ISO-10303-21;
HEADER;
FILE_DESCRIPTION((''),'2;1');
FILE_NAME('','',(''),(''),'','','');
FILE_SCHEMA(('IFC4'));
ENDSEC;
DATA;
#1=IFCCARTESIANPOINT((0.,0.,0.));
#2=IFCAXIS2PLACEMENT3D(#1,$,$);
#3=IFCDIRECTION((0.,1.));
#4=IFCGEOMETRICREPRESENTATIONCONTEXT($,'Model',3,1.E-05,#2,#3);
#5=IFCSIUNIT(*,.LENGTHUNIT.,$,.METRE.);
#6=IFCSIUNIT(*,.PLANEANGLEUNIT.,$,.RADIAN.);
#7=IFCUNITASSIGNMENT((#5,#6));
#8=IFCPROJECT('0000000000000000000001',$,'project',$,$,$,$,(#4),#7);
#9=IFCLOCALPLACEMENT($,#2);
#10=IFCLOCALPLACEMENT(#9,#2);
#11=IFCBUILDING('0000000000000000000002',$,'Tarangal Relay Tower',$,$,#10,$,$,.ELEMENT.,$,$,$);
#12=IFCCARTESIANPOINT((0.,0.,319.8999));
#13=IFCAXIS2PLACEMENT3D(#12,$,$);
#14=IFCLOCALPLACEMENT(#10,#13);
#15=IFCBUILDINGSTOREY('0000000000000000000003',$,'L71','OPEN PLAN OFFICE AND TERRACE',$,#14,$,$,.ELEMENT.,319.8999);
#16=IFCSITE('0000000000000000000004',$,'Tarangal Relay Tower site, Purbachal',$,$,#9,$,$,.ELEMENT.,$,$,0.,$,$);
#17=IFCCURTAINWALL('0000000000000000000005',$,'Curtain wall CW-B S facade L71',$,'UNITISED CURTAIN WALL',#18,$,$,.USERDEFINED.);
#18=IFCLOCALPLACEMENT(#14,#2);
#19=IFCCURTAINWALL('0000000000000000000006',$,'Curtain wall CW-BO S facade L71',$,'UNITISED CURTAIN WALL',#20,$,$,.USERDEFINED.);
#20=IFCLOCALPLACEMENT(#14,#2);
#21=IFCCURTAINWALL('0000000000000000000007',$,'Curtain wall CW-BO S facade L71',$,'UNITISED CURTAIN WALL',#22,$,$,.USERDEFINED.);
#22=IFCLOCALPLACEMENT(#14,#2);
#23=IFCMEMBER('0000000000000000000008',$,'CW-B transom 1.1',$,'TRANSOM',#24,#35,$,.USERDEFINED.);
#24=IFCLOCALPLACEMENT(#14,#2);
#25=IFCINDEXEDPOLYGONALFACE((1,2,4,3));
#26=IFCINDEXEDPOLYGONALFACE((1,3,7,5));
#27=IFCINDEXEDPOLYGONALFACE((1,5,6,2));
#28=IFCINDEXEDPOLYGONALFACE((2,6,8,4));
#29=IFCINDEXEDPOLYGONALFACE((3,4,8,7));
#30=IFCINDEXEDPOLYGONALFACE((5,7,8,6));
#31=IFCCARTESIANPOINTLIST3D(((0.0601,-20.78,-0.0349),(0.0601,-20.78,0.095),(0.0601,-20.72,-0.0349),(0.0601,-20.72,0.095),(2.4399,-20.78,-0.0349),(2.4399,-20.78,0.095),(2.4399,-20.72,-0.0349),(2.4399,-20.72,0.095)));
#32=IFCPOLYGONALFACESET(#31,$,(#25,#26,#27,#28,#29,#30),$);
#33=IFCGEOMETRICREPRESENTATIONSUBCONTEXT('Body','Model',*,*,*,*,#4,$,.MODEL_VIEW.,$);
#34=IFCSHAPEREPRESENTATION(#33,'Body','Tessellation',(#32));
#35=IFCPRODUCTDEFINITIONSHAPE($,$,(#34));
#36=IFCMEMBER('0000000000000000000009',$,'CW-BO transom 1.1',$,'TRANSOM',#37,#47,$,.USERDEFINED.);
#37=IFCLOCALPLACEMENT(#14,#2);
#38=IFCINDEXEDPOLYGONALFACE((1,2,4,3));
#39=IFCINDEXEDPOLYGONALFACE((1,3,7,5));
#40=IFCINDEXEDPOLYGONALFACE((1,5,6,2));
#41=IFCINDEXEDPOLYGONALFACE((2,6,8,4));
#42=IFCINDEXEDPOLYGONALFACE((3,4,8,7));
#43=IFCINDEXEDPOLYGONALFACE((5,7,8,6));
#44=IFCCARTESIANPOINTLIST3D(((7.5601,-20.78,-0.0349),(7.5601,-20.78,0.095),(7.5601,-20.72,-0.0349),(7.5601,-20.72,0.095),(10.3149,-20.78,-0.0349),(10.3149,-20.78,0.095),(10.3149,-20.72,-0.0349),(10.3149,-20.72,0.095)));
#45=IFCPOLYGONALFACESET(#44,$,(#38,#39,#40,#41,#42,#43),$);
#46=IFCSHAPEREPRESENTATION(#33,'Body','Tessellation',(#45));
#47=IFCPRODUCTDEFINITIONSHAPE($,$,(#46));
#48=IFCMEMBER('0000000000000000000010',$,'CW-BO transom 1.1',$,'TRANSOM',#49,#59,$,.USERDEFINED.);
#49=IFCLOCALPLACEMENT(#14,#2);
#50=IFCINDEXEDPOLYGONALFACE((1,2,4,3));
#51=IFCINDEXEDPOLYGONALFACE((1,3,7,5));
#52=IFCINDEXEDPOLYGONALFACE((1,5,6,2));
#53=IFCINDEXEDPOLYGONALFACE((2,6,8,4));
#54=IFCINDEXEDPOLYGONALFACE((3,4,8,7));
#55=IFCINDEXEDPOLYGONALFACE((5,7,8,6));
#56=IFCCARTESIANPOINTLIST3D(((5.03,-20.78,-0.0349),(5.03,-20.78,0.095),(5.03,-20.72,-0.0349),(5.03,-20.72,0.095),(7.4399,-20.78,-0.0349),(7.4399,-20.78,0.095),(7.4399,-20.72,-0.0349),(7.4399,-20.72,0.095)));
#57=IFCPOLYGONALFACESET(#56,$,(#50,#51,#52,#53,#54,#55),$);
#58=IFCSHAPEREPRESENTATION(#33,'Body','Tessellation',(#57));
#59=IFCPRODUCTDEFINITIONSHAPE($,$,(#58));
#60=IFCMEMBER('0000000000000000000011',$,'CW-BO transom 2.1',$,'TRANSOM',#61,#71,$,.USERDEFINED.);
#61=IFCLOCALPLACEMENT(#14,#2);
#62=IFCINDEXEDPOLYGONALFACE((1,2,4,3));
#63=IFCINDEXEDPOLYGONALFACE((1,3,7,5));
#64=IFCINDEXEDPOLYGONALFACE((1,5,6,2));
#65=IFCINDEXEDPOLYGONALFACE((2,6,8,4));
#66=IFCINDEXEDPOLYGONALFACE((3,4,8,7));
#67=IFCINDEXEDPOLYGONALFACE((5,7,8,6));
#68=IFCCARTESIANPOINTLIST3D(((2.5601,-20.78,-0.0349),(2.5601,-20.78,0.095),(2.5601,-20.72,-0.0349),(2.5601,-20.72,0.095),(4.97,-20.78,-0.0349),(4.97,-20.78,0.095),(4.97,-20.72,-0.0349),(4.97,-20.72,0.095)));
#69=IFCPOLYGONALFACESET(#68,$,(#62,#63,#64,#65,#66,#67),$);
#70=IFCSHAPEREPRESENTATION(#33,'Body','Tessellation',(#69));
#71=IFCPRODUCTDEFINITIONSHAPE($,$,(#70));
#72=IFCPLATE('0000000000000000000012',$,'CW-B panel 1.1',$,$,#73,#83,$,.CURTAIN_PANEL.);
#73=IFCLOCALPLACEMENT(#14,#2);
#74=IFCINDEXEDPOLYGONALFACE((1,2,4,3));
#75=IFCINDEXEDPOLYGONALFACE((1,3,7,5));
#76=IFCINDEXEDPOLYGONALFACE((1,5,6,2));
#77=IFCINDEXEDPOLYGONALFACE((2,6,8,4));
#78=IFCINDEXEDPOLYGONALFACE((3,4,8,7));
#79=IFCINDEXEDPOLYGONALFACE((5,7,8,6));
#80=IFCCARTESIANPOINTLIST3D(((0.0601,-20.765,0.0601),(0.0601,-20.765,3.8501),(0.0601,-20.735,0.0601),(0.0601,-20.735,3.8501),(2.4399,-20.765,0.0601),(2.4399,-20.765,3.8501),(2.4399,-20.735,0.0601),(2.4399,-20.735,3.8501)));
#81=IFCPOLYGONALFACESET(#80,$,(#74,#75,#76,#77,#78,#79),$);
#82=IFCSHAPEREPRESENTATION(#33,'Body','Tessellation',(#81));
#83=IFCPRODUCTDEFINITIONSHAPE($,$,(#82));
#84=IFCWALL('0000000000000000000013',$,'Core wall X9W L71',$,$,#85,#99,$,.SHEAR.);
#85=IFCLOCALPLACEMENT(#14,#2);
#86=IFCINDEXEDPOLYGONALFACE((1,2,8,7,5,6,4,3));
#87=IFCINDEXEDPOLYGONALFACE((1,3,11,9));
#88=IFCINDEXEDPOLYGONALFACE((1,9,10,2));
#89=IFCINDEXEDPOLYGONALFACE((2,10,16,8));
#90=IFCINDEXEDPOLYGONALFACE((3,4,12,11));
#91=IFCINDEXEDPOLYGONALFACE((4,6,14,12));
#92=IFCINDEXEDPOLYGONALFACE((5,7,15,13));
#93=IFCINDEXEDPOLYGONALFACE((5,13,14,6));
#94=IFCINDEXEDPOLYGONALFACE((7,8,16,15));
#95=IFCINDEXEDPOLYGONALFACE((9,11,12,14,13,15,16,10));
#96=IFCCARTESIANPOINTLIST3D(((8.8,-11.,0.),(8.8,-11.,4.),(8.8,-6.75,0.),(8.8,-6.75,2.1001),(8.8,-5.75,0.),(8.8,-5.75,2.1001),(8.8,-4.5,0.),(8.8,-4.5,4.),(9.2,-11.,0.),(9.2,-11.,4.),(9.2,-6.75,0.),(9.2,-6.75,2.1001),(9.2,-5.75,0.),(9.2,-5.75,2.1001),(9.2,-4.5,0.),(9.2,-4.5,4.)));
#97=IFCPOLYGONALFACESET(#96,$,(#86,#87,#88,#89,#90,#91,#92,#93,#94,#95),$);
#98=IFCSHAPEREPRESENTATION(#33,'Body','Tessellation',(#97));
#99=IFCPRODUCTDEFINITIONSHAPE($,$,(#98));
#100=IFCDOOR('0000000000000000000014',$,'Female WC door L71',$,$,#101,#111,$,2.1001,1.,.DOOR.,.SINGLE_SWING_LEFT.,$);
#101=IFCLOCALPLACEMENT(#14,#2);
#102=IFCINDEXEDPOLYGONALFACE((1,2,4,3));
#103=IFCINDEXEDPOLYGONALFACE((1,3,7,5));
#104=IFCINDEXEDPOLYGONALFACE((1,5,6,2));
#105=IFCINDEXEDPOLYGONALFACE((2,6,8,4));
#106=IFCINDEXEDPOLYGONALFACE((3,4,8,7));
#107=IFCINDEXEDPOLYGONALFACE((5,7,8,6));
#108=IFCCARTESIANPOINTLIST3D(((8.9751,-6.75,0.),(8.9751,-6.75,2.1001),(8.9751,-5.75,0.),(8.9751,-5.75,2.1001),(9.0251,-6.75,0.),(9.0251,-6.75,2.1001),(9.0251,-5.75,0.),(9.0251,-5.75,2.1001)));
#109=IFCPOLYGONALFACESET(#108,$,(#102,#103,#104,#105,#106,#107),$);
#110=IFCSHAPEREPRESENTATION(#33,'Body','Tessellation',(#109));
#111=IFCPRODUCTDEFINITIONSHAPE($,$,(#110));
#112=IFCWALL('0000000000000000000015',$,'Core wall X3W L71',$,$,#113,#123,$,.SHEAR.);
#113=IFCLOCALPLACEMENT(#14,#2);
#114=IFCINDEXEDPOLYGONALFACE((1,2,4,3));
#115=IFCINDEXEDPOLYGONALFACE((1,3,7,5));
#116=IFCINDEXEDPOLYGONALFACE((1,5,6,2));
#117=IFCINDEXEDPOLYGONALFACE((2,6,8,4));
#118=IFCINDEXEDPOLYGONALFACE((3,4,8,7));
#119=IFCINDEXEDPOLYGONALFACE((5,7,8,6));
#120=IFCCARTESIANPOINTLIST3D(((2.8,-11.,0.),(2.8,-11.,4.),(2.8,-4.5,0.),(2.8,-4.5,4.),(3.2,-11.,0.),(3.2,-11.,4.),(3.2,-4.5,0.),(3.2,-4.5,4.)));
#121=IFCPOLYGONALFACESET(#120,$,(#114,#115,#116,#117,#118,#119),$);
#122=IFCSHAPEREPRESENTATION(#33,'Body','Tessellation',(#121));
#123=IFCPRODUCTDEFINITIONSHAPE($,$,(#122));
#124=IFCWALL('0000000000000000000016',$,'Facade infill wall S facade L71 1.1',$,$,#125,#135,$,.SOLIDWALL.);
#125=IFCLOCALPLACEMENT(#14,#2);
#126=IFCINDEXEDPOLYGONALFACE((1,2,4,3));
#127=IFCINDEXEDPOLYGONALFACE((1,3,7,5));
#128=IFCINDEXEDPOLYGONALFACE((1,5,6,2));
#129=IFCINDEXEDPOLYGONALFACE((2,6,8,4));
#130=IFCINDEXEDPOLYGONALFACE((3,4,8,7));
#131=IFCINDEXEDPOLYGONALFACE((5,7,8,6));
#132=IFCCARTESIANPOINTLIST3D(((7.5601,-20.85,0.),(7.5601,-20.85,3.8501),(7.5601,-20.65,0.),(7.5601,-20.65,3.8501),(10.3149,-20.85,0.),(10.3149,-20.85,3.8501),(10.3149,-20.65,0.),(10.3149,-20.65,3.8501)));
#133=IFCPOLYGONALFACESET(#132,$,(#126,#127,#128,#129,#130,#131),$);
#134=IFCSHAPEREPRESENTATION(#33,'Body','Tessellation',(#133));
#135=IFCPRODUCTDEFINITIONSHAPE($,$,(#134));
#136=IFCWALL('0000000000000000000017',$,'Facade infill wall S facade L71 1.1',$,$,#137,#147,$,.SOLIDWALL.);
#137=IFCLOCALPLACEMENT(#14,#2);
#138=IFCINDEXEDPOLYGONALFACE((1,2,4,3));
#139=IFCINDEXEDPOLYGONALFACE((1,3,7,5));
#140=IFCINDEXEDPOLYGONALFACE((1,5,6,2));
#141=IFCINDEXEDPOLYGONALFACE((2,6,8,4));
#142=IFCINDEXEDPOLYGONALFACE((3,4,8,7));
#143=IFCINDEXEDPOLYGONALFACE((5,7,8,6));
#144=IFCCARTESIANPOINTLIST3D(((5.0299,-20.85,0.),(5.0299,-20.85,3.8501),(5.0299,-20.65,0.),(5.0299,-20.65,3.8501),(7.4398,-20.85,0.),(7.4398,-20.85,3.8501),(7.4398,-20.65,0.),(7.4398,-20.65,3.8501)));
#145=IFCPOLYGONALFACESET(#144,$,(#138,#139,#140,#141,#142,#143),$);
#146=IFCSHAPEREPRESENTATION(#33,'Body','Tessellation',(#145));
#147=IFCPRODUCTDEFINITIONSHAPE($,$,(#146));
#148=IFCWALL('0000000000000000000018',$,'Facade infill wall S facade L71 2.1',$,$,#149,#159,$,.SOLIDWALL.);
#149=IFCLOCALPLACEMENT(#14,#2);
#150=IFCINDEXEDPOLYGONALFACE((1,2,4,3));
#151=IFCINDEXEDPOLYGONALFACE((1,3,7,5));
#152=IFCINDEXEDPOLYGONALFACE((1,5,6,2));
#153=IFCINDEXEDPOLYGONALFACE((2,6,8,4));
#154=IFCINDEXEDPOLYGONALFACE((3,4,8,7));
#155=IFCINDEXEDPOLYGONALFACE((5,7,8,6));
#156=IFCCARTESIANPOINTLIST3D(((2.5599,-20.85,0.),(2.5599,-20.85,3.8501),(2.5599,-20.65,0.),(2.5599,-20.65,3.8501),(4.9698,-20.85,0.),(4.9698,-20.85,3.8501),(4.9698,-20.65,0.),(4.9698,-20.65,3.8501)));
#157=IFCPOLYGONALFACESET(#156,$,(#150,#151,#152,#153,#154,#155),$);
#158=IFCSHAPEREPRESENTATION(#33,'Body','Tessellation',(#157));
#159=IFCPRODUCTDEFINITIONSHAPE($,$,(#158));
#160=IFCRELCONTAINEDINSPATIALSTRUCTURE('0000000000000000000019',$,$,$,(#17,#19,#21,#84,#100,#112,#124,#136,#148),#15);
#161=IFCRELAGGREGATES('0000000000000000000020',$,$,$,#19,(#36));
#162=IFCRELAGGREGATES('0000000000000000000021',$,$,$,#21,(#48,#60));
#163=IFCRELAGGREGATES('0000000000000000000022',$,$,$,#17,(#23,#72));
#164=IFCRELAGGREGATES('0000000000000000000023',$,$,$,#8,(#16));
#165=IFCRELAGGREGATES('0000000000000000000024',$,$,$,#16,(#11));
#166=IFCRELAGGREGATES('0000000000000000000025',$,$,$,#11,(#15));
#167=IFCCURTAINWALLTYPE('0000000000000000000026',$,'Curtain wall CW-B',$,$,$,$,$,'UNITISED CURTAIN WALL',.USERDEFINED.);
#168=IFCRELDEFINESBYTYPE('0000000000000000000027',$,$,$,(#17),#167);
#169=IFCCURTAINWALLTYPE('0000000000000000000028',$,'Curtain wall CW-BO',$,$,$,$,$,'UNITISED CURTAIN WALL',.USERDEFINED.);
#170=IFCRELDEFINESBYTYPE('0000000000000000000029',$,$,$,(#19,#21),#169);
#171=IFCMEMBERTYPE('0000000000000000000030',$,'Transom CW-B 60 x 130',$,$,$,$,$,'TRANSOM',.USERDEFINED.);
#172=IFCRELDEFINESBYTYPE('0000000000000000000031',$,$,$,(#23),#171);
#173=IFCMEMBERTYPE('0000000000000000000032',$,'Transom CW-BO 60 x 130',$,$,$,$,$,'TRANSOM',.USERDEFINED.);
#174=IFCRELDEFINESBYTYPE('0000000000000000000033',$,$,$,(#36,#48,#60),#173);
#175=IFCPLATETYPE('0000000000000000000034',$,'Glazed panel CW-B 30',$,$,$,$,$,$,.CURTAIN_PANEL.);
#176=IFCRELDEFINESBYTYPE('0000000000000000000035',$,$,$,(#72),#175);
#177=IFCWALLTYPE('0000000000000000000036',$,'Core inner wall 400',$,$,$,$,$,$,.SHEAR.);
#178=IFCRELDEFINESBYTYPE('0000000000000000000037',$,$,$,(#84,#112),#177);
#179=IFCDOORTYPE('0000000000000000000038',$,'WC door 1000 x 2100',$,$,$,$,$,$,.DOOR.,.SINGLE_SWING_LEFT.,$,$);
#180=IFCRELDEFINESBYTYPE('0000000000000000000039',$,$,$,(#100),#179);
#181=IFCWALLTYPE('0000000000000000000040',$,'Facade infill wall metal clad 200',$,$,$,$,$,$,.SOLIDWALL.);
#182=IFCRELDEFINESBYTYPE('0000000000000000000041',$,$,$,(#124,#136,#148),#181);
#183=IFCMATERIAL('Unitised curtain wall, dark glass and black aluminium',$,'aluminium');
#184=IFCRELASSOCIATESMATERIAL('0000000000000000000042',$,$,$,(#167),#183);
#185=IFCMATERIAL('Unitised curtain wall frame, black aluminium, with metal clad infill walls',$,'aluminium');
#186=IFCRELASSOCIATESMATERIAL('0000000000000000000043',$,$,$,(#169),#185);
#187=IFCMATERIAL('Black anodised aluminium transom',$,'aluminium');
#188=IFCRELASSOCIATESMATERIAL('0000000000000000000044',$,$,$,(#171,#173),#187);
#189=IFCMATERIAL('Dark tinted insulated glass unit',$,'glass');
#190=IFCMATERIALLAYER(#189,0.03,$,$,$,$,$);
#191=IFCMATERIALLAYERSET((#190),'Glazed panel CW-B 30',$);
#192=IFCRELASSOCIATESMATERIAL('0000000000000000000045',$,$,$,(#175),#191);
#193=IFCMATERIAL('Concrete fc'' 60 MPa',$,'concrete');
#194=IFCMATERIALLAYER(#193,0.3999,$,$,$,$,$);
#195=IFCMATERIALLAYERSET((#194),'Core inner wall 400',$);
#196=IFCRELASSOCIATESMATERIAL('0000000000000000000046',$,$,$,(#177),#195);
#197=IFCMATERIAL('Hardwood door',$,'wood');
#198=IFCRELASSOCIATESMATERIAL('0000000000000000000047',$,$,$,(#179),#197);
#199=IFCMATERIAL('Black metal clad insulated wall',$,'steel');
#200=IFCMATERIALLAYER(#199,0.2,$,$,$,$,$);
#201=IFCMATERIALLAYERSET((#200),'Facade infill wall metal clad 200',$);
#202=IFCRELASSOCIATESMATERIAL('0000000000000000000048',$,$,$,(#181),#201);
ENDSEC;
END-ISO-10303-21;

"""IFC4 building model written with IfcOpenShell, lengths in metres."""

from ifc_helpers import new_model, si_unit, direction, frame, frame_2d, origin, origin_2d, place, context, subcontext, project, spatial, rectangle, extrude, material, layer, layer_set, material_profile, profile_set, type_object, element, fill, aggregate, save


model = new_model("IFC4")

# Units and contexts
model_context = context("Model", 3, precision=1e-05, world=origin(), true_north=direction((0.0, 1.0)))
body_context = subcontext(model_context, "Body", "Model", "MODEL_VIEW")
ifc_project = project(units=[si_unit("LENGTHUNIT", "METRE"), si_unit("PLANEANGLEUNIT", "RADIAN")], contexts=[model_context])

# Site, building, storey
site_placement = place(None, origin())
site = spatial("IfcSite", under=ifc_project, at=site_placement, Name="Tarangal Relay Tower site, Purbachal", CompositionType="ELEMENT", RefElevation=0.0)
building_placement = place(site_placement, origin())
building = spatial("IfcBuilding", under=site, at=building_placement, Name="Tarangal Relay Tower", CompositionType="ELEMENT")
storey_placement = place(building_placement, frame((0.0, 0.0, 319.8999)))
storey = spatial("IfcBuildingStorey", under=building, at=storey_placement, Name="L71", Description="OPEN PLAN OFFICE AND TERRACE", CompositionType="ELEMENT", Elevation=319.8999)

# Curtain walls
ifc_material_1 = material(Name="Unitised curtain wall, dark glass and black aluminium", Category="aluminium")
curtain_wall_type_1 = type_object("IfcCurtainWallType", Name="Curtain wall CW-B", ElementType="UNITISED CURTAIN WALL", PredefinedType="USERDEFINED", material=ifc_material_1)
curtain_wall_1_placement = place(storey_placement, origin())
curtain_wall_1 = element("IfcCurtainWall", 1, at=curtain_wall_1_placement, inside=storey, type_object=curtain_wall_type_1, Name="Curtain wall CW-B S facade L71", ObjectType="UNITISED CURTAIN WALL", PredefinedType="USERDEFINED")
ifc_material_2 = material(Name="Unitised curtain wall frame, black aluminium, with metal clad infill walls", Category="aluminium")
curtain_wall_type_2 = type_object("IfcCurtainWallType", Name="Curtain wall CW-BO", ElementType="UNITISED CURTAIN WALL", PredefinedType="USERDEFINED", material=ifc_material_2)
curtain_wall_2_placement = place(storey_placement, origin())
curtain_wall_2 = element("IfcCurtainWall", 2, at=curtain_wall_2_placement, inside=storey, type_object=curtain_wall_type_2, Name="Curtain wall CW-BO S facade L71", ObjectType="UNITISED CURTAIN WALL", PredefinedType="USERDEFINED")
curtain_wall_3_placement = place(storey_placement, origin())
curtain_wall_3 = element("IfcCurtainWall", 3, at=curtain_wall_3_placement, inside=storey, type_object=curtain_wall_type_2, Name="Curtain wall CW-BO S facade L71", ObjectType="UNITISED CURTAIN WALL", PredefinedType="USERDEFINED")

# Members
ifc_material_3 = material(Name="Black anodised aluminium transom", Category="aluminium")
ifc_material_profile_1 = material_profile(ifc_material_3, rectangle(XDim=0.0601, YDim=0.1299, at=origin_2d()), Name="CW-BT 60X130")
ifc_profile_set_1 = profile_set([ifc_material_profile_1], Name="Black anodised aluminium transom")
member_type_1 = type_object("IfcMemberType", Name="Transom CW-B 60 x 130", ElementType="TRANSOM", PredefinedType="USERDEFINED", material=ifc_profile_set_1)
member_1_placement = place(storey_placement, frame((2.4399, -20.75, 0.03), z_axis=(-1.0, 0.0, 0.0), x_axis=(0.0, -1.0, 0.0)))
member_1 = element("IfcMember", 4, at=member_1_placement, type_object=member_type_1, Name="CW-B transom 1.1", ObjectType="TRANSOM", PredefinedType="USERDEFINED", context=body_context, shape_type="SweptSolid", body=[
    extrude(rectangle(XDim=0.0601, YDim=0.1299, at=origin_2d()), origin(), (0.0, 0.0, 1.0), 2.3799),
])
ifc_material_profile_2 = material_profile(ifc_material_3, rectangle(XDim=0.0601, YDim=0.1299, at=origin_2d()), Name="CW-BOT 60X130")
ifc_profile_set_2 = profile_set([ifc_material_profile_2], Name="Black anodised aluminium transom")
member_type_2 = type_object("IfcMemberType", Name="Transom CW-BO 60 x 130", ElementType="TRANSOM", PredefinedType="USERDEFINED", material=ifc_profile_set_2)
member_2_placement = place(storey_placement, frame((10.3149, -20.75, 0.03), z_axis=(-1.0, 0.0, 0.0), x_axis=(0.0, -1.0, 0.0)))
member_2 = element("IfcMember", 5, at=member_2_placement, type_object=member_type_2, Name="CW-BO transom 1.1", ObjectType="TRANSOM", PredefinedType="USERDEFINED", context=body_context, shape_type="SweptSolid", body=[
    extrude(rectangle(XDim=0.0601, YDim=0.1299, at=origin_2d()), origin(), (0.0, 0.0, 1.0), 2.7549),
])
aggregate(curtain_wall_2, [member_2])
member_3_placement = place(storey_placement, frame((7.4399, -20.75, 0.03), z_axis=(-1.0, 0.0, 0.0), x_axis=(0.0, -1.0, 0.0)))
member_3 = element("IfcMember", 6, at=member_3_placement, type_object=member_type_2, Name="CW-BO transom 1.1", ObjectType="TRANSOM", PredefinedType="USERDEFINED", context=body_context, shape_type="SweptSolid", body=[
    extrude(rectangle(XDim=0.0601, YDim=0.1299, at=origin_2d()), origin(), (0.0, 0.0, 1.0), 2.4099),
])
member_4_placement = place(storey_placement, frame((4.97, -20.75, 0.03), z_axis=(-1.0, 0.0, 0.0), x_axis=(0.0, -1.0, 0.0)))
member_4 = element("IfcMember", 7, at=member_4_placement, type_object=member_type_2, Name="CW-BO transom 2.1", ObjectType="TRANSOM", PredefinedType="USERDEFINED", context=body_context, shape_type="SweptSolid", body=[
    extrude(rectangle(XDim=0.0601, YDim=0.1299, at=origin_2d()), origin(), (0.0, 0.0, 1.0), 2.4099),
])
aggregate(curtain_wall_3, [member_3, member_4])

# Plate
ifc_material_4 = material(Name="Dark tinted insulated glass unit", Category="glass")
ifc_layer_1 = layer(ifc_material_4, 0.03)
ifc_layer_set_1 = layer_set([ifc_layer_1], Name="Glazed panel CW-B 30")
plate_type = type_object("IfcPlateType", Name="Glazed panel CW-B 30", PredefinedType="CURTAIN_PANEL", material=ifc_layer_set_1)
plate_placement = place(storey_placement, frame((1.25, -20.75, 0.0601), z_axis=(0.0, 0.0, 1.0), x_axis=(-1.0, 0.0, 0.0)))
plate = element("IfcPlate", 8, at=plate_placement, type_object=plate_type, Name="CW-B panel 1.1", PredefinedType="CURTAIN_PANEL", context=body_context, shape_type="SweptSolid", body=[
    extrude(rectangle(XDim=2.3799, YDim=0.03, at=origin_2d()), origin(), (0.0, 0.0, 1.0), 3.79),
])
aggregate(curtain_wall_1, [member_1, plate])

# Wall, opening, door
ifc_material_5 = material(Name="Concrete fc' 60 MPa", Category="concrete")
ifc_layer_2 = layer(ifc_material_5, 0.3999)
ifc_layer_set_2 = layer_set([ifc_layer_2], Name="Core inner wall 400")
wall_type_1 = type_object("IfcWallType", Name="Core inner wall 400", PredefinedType="SHEAR", material=ifc_layer_set_2)
wall_1_placement = place(storey_placement, frame((9.0, -11.0, 0.0), z_axis=(0.0, 0.0, 1.0), x_axis=(0.0, 1.0, 0.0)))
wall_1 = element("IfcWall", 9, at=wall_1_placement, inside=storey, type_object=wall_type_1, Name="Core wall X9W L71", PredefinedType="SHEAR", context=body_context, shape_type="SweptSolid", body=[
    extrude(rectangle(XDim=6.5, YDim=0.3999, at=frame_2d((3.25, 0.0))), origin(), (0.0, 0.0, 1.0), 4.0),
])
opening_1_placement = place(wall_1_placement, frame((4.25, 0.0, 0.0)))
opening_1 = element("IfcOpeningElement", 10, at=opening_1_placement, cuts=wall_1, PredefinedType="OPENING", context=body_context, shape_type="SweptSolid", body=[
    extrude(rectangle(XDim=1.0, YDim=2.1001, at=frame_2d((0.5, 1.05))), frame((0.0, 0.21, 0.0), z_axis=(0.0, -1.0, 0.0), x_axis=(1.0, 0.0, 0.0)), (0.0, 0.0, 1.0), 0.4199),
])
ifc_material_6 = material(Name="Hardwood door", Category="wood")
door_type_1 = type_object("IfcDoorType", Name="WC door 1000 x 2100", OperationType="SINGLE_SWING_LEFT", PredefinedType="DOOR", material=ifc_material_6)
door_1_placement = place(opening_1_placement, origin())
door_1 = element("IfcDoor", 11, at=door_1_placement, inside=storey, type_object=door_type_1, Name="Female WC door L71", OperationType="SINGLE_SWING_LEFT", OverallHeight=2.1001, OverallWidth=1.0, PredefinedType="DOOR", context=body_context, shape_type="SweptSolid", body=[
    extrude(rectangle(XDim=1.0, YDim=2.1001, at=frame_2d((0.5, 1.05))), frame((0.0, 0.0249, 0.0), z_axis=(0.0, -1.0, 0.0), x_axis=(1.0, 0.0, 0.0)), (0.0, 0.0, 1.0), 0.05),
])
fill(opening_1, door_1)

# Walls
wall_2_placement = place(storey_placement, frame((3.0, -11.0, 0.0), z_axis=(0.0, 0.0, 1.0), x_axis=(0.0, 1.0, 0.0)))
element("IfcWall", 12, at=wall_2_placement, inside=storey, type_object=wall_type_1, Name="Core wall X3W L71", PredefinedType="SHEAR", context=body_context, shape_type="SweptSolid", body=[
    extrude(rectangle(XDim=6.5, YDim=0.3999, at=frame_2d((3.25, 0.0))), origin(), (0.0, 0.0, 1.0), 4.0),
])
ifc_material_7 = material(Name="Black metal clad insulated wall", Category="steel")
ifc_layer_3 = layer(ifc_material_7, 0.2)
ifc_layer_set_3 = layer_set([ifc_layer_3], Name="Facade infill wall metal clad 200")
wall_type_2 = type_object("IfcWallType", Name="Facade infill wall metal clad 200", PredefinedType="SOLIDWALL", material=ifc_layer_set_3)
wall_3_placement = place(storey_placement, frame((10.3149, -20.75, 0.0), z_axis=(0.0, 0.0, 1.0), x_axis=(-1.0, 0.0, 0.0)))
element("IfcWall", 13, at=wall_3_placement, inside=storey, type_object=wall_type_2, Name="Facade infill wall S facade L71 1.1", PredefinedType="SOLIDWALL", context=body_context, shape_type="SweptSolid", body=[
    extrude(rectangle(XDim=2.7549, YDim=0.2, at=frame_2d((1.3774, 0.0))), origin(), (0.0, 0.0, 1.0), 3.8501),
])
for number, where, z_axis, x_axis, name in (
    (14, (7.4399, -20.75, 0.0), (0.0, 0.0, 1.0), (-1.0, 0.0, 0.0), "Facade infill wall S facade L71 1.1"),
    (15, (4.97, -20.75, 0.0), (0.0, 0.0, 1.0), (-1.0, 0.0, 0.0), "Facade infill wall S facade L71 2.1"),
):
    element("IfcWall", number, at=place(storey_placement, frame(where, z_axis=z_axis, x_axis=x_axis)), inside=storey, type_object=wall_type_2, Name=name, PredefinedType="SOLIDWALL", context=body_context, shape_type="SweptSolid", body=[
        extrude(rectangle(XDim=2.4099, YDim=0.2, at=frame_2d((1.2051, 0.0))), origin(), (0.0, 0.0, 1.0), 3.8501),
    ])

save(model, "model.ifc")
